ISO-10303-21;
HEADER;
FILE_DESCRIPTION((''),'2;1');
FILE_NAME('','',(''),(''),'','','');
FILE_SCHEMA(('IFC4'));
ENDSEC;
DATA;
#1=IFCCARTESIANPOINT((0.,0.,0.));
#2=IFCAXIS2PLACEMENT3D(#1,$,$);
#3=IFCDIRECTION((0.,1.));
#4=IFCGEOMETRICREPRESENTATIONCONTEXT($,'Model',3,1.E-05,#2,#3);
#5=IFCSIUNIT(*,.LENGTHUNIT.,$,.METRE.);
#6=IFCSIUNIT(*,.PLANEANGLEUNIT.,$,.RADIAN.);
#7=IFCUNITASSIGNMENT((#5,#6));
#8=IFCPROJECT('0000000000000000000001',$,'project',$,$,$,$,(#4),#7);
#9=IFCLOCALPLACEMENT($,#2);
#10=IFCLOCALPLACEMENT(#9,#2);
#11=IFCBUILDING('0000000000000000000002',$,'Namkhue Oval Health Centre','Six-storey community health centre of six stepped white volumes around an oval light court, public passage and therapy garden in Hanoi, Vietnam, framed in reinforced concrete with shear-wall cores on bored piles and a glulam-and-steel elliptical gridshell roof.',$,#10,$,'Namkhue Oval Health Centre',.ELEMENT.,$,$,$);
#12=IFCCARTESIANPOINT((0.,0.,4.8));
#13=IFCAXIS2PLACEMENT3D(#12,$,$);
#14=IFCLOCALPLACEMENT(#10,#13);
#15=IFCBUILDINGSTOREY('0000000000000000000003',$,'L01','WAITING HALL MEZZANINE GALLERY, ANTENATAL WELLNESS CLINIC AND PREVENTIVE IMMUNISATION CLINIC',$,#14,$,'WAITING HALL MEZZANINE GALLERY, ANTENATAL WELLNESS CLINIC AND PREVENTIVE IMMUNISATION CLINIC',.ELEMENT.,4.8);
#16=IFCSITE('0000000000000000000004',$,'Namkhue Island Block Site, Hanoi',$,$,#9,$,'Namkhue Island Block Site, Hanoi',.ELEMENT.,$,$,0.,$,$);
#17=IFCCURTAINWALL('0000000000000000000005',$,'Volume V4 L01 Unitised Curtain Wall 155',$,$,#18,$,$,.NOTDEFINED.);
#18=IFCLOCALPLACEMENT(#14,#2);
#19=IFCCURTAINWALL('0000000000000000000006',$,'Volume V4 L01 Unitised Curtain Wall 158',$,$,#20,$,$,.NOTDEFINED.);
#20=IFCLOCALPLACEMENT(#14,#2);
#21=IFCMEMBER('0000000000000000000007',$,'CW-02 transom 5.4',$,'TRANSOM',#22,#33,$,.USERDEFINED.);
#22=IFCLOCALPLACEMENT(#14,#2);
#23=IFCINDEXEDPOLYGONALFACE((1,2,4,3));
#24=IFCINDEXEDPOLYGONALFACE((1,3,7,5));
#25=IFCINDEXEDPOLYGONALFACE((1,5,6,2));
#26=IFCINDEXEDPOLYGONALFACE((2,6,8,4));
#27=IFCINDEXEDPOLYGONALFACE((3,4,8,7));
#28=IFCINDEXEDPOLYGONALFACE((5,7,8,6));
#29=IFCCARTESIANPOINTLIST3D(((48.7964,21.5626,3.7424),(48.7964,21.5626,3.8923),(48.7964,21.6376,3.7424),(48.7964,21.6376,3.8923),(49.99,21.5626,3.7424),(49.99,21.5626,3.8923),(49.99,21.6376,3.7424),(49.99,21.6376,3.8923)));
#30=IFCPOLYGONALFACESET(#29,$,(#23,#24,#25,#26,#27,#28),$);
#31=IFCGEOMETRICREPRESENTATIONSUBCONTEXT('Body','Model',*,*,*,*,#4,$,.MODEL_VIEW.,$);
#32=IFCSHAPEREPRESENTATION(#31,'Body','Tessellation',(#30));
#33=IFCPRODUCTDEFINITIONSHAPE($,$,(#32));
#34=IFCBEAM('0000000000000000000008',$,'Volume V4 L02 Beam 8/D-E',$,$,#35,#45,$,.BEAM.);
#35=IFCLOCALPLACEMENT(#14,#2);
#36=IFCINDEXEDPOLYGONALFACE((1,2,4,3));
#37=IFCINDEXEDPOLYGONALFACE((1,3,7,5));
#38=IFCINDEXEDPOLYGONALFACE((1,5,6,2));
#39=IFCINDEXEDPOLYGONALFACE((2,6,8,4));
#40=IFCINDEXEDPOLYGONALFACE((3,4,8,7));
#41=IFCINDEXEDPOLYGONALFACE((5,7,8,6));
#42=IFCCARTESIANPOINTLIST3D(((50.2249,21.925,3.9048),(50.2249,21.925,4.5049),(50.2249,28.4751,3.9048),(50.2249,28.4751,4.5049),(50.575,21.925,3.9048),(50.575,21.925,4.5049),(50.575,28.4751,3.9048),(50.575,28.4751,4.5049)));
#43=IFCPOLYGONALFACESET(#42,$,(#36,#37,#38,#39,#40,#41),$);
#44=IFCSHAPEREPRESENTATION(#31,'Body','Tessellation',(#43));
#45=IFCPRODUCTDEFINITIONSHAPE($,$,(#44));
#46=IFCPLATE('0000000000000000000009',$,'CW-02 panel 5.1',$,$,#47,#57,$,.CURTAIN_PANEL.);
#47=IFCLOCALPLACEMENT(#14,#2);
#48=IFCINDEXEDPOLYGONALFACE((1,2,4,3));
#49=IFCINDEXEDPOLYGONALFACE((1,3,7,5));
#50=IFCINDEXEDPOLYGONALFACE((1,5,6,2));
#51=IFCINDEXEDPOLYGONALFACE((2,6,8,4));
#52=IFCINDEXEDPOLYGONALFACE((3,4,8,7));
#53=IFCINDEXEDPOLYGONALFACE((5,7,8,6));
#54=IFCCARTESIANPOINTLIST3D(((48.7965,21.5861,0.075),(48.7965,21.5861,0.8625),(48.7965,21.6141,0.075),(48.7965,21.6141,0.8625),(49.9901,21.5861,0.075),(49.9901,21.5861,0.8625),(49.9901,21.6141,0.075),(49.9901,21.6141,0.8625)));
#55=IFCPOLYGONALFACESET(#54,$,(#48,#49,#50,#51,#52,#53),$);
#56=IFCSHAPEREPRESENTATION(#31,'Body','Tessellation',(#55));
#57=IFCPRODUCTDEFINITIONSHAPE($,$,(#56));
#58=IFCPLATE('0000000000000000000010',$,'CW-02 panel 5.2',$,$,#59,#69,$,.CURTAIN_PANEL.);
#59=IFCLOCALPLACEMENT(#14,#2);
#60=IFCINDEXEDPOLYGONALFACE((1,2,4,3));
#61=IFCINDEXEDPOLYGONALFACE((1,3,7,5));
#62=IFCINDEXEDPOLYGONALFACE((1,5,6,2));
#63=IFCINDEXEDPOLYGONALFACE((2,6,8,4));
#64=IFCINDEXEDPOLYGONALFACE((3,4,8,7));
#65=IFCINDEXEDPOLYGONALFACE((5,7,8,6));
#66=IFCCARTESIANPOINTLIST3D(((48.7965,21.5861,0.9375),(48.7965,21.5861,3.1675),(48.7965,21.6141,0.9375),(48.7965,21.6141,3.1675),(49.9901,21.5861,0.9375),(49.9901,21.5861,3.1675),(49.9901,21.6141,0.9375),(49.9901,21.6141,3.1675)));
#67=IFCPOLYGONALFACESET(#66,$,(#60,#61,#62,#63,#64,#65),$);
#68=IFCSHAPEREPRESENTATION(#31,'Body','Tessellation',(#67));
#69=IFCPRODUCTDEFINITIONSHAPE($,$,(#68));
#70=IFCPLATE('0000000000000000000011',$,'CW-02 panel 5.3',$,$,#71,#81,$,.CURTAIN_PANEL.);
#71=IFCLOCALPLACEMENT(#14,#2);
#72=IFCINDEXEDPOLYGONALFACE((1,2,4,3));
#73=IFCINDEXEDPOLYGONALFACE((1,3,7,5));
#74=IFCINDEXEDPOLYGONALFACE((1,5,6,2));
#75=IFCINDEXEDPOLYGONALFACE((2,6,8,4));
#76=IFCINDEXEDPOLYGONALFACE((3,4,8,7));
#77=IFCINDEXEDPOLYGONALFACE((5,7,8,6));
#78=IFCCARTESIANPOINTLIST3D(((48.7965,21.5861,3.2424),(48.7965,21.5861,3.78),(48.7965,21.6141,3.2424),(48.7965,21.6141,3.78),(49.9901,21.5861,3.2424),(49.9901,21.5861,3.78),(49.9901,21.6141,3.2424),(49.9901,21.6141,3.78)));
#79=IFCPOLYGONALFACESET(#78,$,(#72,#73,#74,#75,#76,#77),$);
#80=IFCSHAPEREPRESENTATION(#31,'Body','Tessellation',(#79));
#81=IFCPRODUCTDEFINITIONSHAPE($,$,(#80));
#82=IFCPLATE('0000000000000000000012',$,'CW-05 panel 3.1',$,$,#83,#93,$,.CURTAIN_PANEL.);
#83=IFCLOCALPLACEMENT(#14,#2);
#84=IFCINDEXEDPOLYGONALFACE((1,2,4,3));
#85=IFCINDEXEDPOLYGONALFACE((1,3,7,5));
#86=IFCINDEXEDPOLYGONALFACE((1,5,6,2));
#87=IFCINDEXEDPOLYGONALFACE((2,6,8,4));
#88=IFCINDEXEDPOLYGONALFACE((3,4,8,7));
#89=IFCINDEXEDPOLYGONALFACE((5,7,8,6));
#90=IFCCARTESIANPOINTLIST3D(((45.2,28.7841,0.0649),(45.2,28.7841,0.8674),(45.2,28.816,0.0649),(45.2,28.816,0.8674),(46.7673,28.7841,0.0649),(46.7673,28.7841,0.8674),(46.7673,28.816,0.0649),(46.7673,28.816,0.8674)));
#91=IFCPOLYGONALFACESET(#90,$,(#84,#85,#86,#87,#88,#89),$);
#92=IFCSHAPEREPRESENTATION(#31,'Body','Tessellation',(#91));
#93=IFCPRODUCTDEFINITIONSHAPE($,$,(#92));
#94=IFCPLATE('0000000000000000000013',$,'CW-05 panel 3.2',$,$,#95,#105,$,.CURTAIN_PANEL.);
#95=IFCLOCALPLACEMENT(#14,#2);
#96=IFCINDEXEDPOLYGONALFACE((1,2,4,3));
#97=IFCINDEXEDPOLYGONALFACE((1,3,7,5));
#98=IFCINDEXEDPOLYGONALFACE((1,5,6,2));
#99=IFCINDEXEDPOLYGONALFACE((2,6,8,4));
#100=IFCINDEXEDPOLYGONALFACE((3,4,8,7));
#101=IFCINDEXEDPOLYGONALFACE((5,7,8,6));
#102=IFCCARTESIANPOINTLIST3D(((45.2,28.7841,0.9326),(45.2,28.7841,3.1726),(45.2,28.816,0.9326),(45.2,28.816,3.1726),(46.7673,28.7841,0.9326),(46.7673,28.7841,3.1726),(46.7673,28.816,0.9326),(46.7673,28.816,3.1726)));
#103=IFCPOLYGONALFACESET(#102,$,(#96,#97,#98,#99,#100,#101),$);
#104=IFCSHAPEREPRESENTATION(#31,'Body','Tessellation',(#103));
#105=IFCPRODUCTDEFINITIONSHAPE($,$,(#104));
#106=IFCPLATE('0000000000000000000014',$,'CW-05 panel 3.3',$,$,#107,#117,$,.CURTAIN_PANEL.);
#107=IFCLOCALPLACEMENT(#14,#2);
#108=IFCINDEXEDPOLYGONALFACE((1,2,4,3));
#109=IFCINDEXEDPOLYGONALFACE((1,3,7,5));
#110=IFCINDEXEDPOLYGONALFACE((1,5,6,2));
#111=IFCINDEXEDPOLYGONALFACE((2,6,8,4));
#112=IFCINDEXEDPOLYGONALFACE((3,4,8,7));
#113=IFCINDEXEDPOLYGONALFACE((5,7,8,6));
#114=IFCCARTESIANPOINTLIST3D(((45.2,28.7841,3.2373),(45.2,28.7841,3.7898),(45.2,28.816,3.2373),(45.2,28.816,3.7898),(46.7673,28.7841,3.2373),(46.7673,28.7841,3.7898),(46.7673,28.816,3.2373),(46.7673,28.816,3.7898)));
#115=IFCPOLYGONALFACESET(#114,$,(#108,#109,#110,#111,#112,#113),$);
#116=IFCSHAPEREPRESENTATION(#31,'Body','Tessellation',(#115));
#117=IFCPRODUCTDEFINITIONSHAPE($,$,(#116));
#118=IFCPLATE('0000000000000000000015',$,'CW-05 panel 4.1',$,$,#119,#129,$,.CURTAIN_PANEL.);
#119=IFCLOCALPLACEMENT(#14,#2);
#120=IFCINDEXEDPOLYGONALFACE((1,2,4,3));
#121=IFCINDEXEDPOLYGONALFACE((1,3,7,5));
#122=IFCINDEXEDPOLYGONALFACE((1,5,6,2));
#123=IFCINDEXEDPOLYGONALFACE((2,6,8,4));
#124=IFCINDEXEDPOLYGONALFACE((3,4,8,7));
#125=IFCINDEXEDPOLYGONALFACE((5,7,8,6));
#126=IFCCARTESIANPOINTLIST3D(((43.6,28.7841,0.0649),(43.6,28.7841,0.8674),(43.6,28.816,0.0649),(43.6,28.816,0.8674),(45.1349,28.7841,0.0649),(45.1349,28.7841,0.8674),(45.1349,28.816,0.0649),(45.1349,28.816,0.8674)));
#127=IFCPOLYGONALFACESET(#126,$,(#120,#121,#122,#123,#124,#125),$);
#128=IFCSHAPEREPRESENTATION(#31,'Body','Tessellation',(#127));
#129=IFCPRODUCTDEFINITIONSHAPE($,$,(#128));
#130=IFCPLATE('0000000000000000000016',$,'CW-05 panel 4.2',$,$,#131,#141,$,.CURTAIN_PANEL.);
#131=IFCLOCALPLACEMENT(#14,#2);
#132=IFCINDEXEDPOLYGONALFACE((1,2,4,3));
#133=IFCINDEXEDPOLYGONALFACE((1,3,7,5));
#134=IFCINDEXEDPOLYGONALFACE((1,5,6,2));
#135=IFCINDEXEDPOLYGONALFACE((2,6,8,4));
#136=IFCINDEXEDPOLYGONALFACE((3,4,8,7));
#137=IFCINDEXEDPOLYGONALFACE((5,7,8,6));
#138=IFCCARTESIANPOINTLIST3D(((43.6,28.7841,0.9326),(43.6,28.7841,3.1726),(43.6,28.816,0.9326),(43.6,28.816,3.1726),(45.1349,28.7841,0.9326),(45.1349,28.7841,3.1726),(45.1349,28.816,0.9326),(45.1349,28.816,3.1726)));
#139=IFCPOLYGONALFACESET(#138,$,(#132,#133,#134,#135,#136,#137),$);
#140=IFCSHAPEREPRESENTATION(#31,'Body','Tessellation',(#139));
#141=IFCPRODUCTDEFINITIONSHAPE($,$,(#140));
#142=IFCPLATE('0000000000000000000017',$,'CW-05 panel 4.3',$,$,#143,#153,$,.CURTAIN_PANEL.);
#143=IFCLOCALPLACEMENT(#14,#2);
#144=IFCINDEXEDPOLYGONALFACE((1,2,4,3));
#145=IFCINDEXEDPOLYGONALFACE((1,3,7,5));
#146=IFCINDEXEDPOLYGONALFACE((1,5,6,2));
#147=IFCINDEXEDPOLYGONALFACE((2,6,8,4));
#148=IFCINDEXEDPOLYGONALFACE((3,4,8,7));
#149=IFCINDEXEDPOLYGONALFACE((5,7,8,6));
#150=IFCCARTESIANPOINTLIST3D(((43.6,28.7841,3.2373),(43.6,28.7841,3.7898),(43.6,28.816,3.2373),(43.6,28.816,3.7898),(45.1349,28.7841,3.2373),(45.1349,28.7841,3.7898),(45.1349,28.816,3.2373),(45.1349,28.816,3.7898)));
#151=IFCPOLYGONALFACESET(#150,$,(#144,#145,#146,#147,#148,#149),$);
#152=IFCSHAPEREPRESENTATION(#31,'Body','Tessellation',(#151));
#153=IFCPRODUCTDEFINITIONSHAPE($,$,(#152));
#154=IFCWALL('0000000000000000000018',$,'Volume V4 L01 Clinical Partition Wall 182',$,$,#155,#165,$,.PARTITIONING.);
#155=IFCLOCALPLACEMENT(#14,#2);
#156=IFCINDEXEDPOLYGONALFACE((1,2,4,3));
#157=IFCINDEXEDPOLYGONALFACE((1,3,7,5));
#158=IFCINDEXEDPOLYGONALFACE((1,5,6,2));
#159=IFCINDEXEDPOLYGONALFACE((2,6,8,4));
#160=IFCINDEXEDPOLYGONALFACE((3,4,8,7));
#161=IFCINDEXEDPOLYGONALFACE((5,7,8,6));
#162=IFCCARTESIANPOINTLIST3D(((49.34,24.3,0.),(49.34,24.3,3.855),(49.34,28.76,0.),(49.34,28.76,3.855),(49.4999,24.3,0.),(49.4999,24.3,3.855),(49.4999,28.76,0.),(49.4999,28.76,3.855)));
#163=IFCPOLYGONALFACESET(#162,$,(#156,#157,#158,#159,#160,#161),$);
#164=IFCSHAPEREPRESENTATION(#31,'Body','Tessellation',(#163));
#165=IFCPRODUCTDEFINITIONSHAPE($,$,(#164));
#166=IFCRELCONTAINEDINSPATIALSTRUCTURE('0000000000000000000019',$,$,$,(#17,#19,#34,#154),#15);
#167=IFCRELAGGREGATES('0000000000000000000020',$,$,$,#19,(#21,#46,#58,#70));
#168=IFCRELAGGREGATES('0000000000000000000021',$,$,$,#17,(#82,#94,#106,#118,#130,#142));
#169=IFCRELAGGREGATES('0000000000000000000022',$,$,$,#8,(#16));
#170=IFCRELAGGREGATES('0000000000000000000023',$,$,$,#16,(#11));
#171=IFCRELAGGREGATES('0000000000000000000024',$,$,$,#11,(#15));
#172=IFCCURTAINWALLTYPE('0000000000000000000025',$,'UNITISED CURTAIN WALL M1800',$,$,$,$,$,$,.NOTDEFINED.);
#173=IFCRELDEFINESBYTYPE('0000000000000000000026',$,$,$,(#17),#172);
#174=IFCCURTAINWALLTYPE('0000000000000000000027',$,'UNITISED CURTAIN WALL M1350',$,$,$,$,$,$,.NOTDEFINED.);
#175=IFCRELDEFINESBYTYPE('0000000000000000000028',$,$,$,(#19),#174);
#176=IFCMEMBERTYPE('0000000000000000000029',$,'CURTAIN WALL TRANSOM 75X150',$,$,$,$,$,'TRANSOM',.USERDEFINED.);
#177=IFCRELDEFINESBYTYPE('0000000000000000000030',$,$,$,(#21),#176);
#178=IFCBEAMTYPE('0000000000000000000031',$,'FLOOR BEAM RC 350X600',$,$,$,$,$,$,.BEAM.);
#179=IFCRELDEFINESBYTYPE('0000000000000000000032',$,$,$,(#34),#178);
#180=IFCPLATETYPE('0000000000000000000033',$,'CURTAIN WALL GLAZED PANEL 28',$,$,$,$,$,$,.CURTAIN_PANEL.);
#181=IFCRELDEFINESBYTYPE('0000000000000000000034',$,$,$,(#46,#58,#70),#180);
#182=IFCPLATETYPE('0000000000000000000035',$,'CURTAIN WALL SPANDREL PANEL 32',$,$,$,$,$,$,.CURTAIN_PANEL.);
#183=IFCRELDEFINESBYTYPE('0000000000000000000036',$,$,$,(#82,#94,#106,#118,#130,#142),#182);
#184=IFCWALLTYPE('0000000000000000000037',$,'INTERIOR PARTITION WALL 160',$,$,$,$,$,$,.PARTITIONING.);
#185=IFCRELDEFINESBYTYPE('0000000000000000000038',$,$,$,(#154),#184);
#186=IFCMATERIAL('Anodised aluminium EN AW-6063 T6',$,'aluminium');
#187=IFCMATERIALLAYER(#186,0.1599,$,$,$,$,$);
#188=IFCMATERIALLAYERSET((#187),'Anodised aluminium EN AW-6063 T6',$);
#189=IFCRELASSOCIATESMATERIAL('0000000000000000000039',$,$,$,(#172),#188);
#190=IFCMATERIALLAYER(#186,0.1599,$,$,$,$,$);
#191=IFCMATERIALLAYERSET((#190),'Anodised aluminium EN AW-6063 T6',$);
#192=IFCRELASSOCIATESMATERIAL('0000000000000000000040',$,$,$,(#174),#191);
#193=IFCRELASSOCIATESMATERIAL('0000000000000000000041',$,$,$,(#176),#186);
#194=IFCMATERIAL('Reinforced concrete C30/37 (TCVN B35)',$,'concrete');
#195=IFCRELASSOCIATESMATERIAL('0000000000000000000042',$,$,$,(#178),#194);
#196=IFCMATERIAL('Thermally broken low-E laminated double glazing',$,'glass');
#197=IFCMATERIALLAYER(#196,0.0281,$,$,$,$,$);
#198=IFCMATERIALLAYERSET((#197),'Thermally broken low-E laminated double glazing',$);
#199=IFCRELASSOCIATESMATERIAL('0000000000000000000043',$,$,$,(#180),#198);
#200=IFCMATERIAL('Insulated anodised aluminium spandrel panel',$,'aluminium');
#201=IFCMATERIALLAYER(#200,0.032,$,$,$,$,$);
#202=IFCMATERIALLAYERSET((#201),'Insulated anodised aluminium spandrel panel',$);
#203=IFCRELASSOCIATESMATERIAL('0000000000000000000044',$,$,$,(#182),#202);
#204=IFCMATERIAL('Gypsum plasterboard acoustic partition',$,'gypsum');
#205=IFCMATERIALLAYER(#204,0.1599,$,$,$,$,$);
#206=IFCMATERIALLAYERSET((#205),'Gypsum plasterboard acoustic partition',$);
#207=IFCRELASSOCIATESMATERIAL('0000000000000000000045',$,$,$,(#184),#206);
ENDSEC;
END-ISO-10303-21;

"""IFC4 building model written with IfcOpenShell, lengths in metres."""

from ifc_helpers import new_model, si_unit, direction, frame, frame_2d, origin, origin_2d, place, context, subcontext, project, spatial, rectangle, extrude, material, layer, layer_set, material_profile, profile_set, type_object, element, aggregate, save


model = new_model("IFC4")

# Units and contexts
model_context = context("Model", 3, precision=1e-05, world=origin(), true_north=direction((0.0, 1.0)))
body_context = subcontext(model_context, "Body", "Model", "MODEL_VIEW")
ifc_project = project(units=[si_unit("LENGTHUNIT", "METRE"), si_unit("PLANEANGLEUNIT", "RADIAN")], contexts=[model_context])

# Site, building, storey
site_placement = place(None, origin())
site = spatial("IfcSite", under=ifc_project, at=site_placement, Name="Namkhue Island Block Site, Hanoi", LongName="Namkhue Island Block Site, Hanoi", CompositionType="ELEMENT", RefElevation=0.0)
building_placement = place(site_placement, origin())
building = spatial("IfcBuilding", under=site, at=building_placement, Name="Namkhue Oval Health Centre", Description="Six-storey community health centre of six stepped white volumes around an oval light court, public passage and therapy garden in Hanoi, Vietnam, framed in reinforced concrete with shear-wall cores on bored piles and a glulam-and-steel elliptical gridshell roof.", LongName="Namkhue Oval Health Centre", CompositionType="ELEMENT")
storey_placement = place(building_placement, frame((0.0, 0.0, 4.8)))
storey = spatial("IfcBuildingStorey", under=building, at=storey_placement, Name="L01", Description="WAITING HALL MEZZANINE GALLERY, ANTENATAL WELLNESS CLINIC AND PREVENTIVE IMMUNISATION CLINIC", LongName="WAITING HALL MEZZANINE GALLERY, ANTENATAL WELLNESS CLINIC AND PREVENTIVE IMMUNISATION CLINIC", CompositionType="ELEMENT", Elevation=4.8)

# Curtain walls
ifc_material_1 = material(Name="Anodised aluminium EN AW-6063 T6", Category="aluminium")
ifc_layer_1 = layer(ifc_material_1, 0.1599)
ifc_layer_set_1 = layer_set([ifc_layer_1], Name="Anodised aluminium EN AW-6063 T6")
curtain_wall_type_1 = type_object("IfcCurtainWallType", Name="UNITISED CURTAIN WALL M1800", PredefinedType="NOTDEFINED", material=ifc_layer_set_1)
curtain_wall_1_placement = place(storey_placement, origin())
curtain_wall_1 = element("IfcCurtainWall", 1, at=curtain_wall_1_placement, inside=storey, type_object=curtain_wall_type_1, Name="Volume V4 L01 Unitised Curtain Wall 155", PredefinedType="NOTDEFINED")
ifc_layer_2 = layer(ifc_material_1, 0.1599)
ifc_layer_set_2 = layer_set([ifc_layer_2], Name="Anodised aluminium EN AW-6063 T6")
curtain_wall_type_2 = type_object("IfcCurtainWallType", Name="UNITISED CURTAIN WALL M1350", PredefinedType="NOTDEFINED", material=ifc_layer_set_2)
curtain_wall_2_placement = place(storey_placement, origin())
curtain_wall_2 = element("IfcCurtainWall", 2, at=curtain_wall_2_placement, inside=storey, type_object=curtain_wall_type_2, Name="Volume V4 L01 Unitised Curtain Wall 158", PredefinedType="NOTDEFINED")

# Member
ifc_material_profile_1 = material_profile(ifc_material_1, rectangle(XDim=0.075, YDim=0.1499, at=origin_2d()), Name="ALU 75x150")
ifc_profile_set_1 = profile_set([ifc_material_profile_1], Name="Anodised aluminium EN AW-6063 T6")
member_type_1 = type_object("IfcMemberType", Name="CURTAIN WALL TRANSOM 75X150", ElementType="TRANSOM", PredefinedType="USERDEFINED", material=ifc_profile_set_1)
member_1_placement = place(storey_placement, frame((48.7964, 21.6001, 3.8174), z_axis=(1.0, 0.0, 0.0), x_axis=(0.0, 1.0, 0.0)))
member_1 = element("IfcMember", 3, at=member_1_placement, type_object=member_type_1, Name="CW-02 transom 5.4", ObjectType="TRANSOM", PredefinedType="USERDEFINED", context=body_context, shape_type="SweptSolid", body=[
    extrude(rectangle(XDim=0.075, YDim=0.1499, at=origin_2d()), origin(), (0.0, 0.0, 1.0), 1.1936),
])

# Beam
ifc_material_2 = material(Name="Reinforced concrete C30/37 (TCVN B35)", Category="concrete")
ifc_material_profile_2 = material_profile(ifc_material_2, rectangle(XDim=0.3501, YDim=0.6001, at=origin_2d()), Name="RC 350x600")
ifc_profile_set_2 = profile_set([ifc_material_profile_2], Name="Reinforced concrete C30/37 (TCVN B35)")
beam_type = type_object("IfcBeamType", Name="FLOOR BEAM RC 350X600", PredefinedType="BEAM", material=ifc_profile_set_2)
beam_placement = place(storey_placement, frame((50.3999, 21.925, 4.2048), z_axis=(0.0, 1.0, 0.0), x_axis=(-1.0, 0.0, 0.0)))
element("IfcBeam", 4, at=beam_placement, inside=storey, type_object=beam_type, Name="Volume V4 L02 Beam 8/D-E", PredefinedType="BEAM", context=body_context, shape_type="SweptSolid", body=[
    extrude(rectangle(XDim=0.3501, YDim=0.6001, at=origin_2d()), origin(), (0.0, 0.0, 1.0), 6.55),
])

# Plates
ifc_material_3 = material(Name="Thermally broken low-E laminated double glazing", Category="glass")
ifc_layer_3 = layer(ifc_material_3, 0.0281)
ifc_layer_set_3 = layer_set([ifc_layer_3], Name="Thermally broken low-E laminated double glazing")
plate_type_1 = type_object("IfcPlateType", Name="CURTAIN WALL GLAZED PANEL 28", PredefinedType="CURTAIN_PANEL", material=ifc_layer_set_3)
plate_1_placement = place(storey_placement, frame((49.3933, 21.6001, 0.075), z_axis=(0.0, 0.0, 1.0), x_axis=(1.0, 0.0, 0.0)))
plate_1 = element("IfcPlate", 5, at=plate_1_placement, type_object=plate_type_1, Name="CW-02 panel 5.1", PredefinedType="CURTAIN_PANEL", context=body_context, shape_type="SweptSolid", body=[
    extrude(rectangle(XDim=1.1936, YDim=0.0281, at=origin_2d()), origin(), (0.0, 0.0, 1.0), 0.7876),
])
plate_2_placement = place(storey_placement, frame((49.3933, 21.6001, 0.9375), z_axis=(0.0, 0.0, 1.0), x_axis=(1.0, 0.0, 0.0)))
plate_2 = element("IfcPlate", 6, at=plate_2_placement, type_object=plate_type_1, Name="CW-02 panel 5.2", PredefinedType="CURTAIN_PANEL", context=body_context, shape_type="SweptSolid", body=[
    extrude(rectangle(XDim=1.1936, YDim=0.0281, at=origin_2d()), origin(), (0.0, 0.0, 1.0), 2.23),
])
plate_3_placement = place(storey_placement, frame((49.3933, 21.6001, 3.2424), z_axis=(0.0, 0.0, 1.0), x_axis=(1.0, 0.0, 0.0)))
plate_3 = element("IfcPlate", 7, at=plate_3_placement, type_object=plate_type_1, Name="CW-02 panel 5.3", PredefinedType="CURTAIN_PANEL", context=body_context, shape_type="SweptSolid", body=[
    extrude(rectangle(XDim=1.1936, YDim=0.0281, at=origin_2d()), origin(), (0.0, 0.0, 1.0), 0.5376),
])
aggregate(curtain_wall_2, [member_1, plate_1, plate_2, plate_3])
ifc_material_4 = material(Name="Insulated anodised aluminium spandrel panel", Category="aluminium")
ifc_layer_4 = layer(ifc_material_4, 0.032)
ifc_layer_set_4 = layer_set([ifc_layer_4], Name="Insulated anodised aluminium spandrel panel")
plate_type_2 = type_object("IfcPlateType", Name="CURTAIN WALL SPANDREL PANEL 32", PredefinedType="CURTAIN_PANEL", material=ifc_layer_set_4)
plate_4_placement = place(storey_placement, frame((45.9836, 28.8, 0.0649), z_axis=(0.0, 0.0, 1.0), x_axis=(-1.0, 0.0, 0.0)))
plate_4 = element("IfcPlate", 8, at=plate_4_placement, type_object=plate_type_2, Name="CW-05 panel 3.1", PredefinedType="CURTAIN_PANEL", context=body_context, shape_type="SweptSolid", body=[
    extrude(rectangle(XDim=1.5674, YDim=0.032, at=origin_2d()), origin(), (0.0, 0.0, 1.0), 0.8025),
])
plate_5_placement = place(storey_placement, frame((45.9836, 28.8, 0.9326), z_axis=(0.0, 0.0, 1.0), x_axis=(-1.0, 0.0, 0.0)))
plate_5 = element("IfcPlate", 9, at=plate_5_placement, type_object=plate_type_2, Name="CW-05 panel 3.2", PredefinedType="CURTAIN_PANEL", context=body_context, shape_type="SweptSolid", body=[
    extrude(rectangle(XDim=1.5674, YDim=0.032, at=origin_2d()), origin(), (0.0, 0.0, 1.0), 2.24),
])
plate_6_placement = place(storey_placement, frame((45.9836, 28.8, 3.2373), z_axis=(0.0, 0.0, 1.0), x_axis=(-1.0, 0.0, 0.0)))
plate_6 = element("IfcPlate", 10, at=plate_6_placement, type_object=plate_type_2, Name="CW-05 panel 3.3", PredefinedType="CURTAIN_PANEL", context=body_context, shape_type="SweptSolid", body=[
    extrude(rectangle(XDim=1.5674, YDim=0.032, at=origin_2d()), origin(), (0.0, 0.0, 1.0), 0.5525),
])
plate_7_placement = place(storey_placement, frame((44.3674, 28.8, 0.0649), z_axis=(0.0, 0.0, 1.0), x_axis=(-1.0, 0.0, 0.0)))
plate_7 = element("IfcPlate", 11, at=plate_7_placement, type_object=plate_type_2, Name="CW-05 panel 4.1", PredefinedType="CURTAIN_PANEL", context=body_context, shape_type="SweptSolid", body=[
    extrude(rectangle(XDim=1.5349, YDim=0.032, at=origin_2d()), origin(), (0.0, 0.0, 1.0), 0.8025),
])
plate_8_placement = place(storey_placement, frame((44.3674, 28.8, 0.9326), z_axis=(0.0, 0.0, 1.0), x_axis=(-1.0, 0.0, 0.0)))
plate_8 = element("IfcPlate", 12, at=plate_8_placement, type_object=plate_type_2, Name="CW-05 panel 4.2", PredefinedType="CURTAIN_PANEL", context=body_context, shape_type="SweptSolid", body=[
    extrude(rectangle(XDim=1.5349, YDim=0.032, at=origin_2d()), origin(), (0.0, 0.0, 1.0), 2.24),
])
plate_9_placement = place(storey_placement, frame((44.3674, 28.8, 3.2373), z_axis=(0.0, 0.0, 1.0), x_axis=(-1.0, 0.0, 0.0)))
plate_9 = element("IfcPlate", 13, at=plate_9_placement, type_object=plate_type_2, Name="CW-05 panel 4.3", PredefinedType="CURTAIN_PANEL", context=body_context, shape_type="SweptSolid", body=[
    extrude(rectangle(XDim=1.5349, YDim=0.032, at=origin_2d()), origin(), (0.0, 0.0, 1.0), 0.5525),
])
aggregate(curtain_wall_1, [plate_4, plate_5, plate_6, plate_7, plate_8, plate_9])

# Wall
ifc_material_5 = material(Name="Gypsum plasterboard acoustic partition", Category="gypsum")
ifc_layer_5 = layer(ifc_material_5, 0.1599)
ifc_layer_set_5 = layer_set([ifc_layer_5], Name="Gypsum plasterboard acoustic partition")
wall_type = type_object("IfcWallType", Name="INTERIOR PARTITION WALL 160", PredefinedType="PARTITIONING", material=ifc_layer_set_5)
wall_placement = place(storey_placement, frame((49.4199, 24.3, 0.0), z_axis=(0.0, 0.0, 1.0), x_axis=(0.0, 1.0, 0.0)))
element("IfcWall", 14, at=wall_placement, inside=storey, type_object=wall_type, Name="Volume V4 L01 Clinical Partition Wall 182", PredefinedType="PARTITIONING", context=body_context, shape_type="SweptSolid", body=[
    extrude(rectangle(XDim=4.46, YDim=0.1599, at=frame_2d((2.23, 0.0))), origin(), (0.0, 0.0, 1.0), 3.855),
])

save(model, "model.ifc")
